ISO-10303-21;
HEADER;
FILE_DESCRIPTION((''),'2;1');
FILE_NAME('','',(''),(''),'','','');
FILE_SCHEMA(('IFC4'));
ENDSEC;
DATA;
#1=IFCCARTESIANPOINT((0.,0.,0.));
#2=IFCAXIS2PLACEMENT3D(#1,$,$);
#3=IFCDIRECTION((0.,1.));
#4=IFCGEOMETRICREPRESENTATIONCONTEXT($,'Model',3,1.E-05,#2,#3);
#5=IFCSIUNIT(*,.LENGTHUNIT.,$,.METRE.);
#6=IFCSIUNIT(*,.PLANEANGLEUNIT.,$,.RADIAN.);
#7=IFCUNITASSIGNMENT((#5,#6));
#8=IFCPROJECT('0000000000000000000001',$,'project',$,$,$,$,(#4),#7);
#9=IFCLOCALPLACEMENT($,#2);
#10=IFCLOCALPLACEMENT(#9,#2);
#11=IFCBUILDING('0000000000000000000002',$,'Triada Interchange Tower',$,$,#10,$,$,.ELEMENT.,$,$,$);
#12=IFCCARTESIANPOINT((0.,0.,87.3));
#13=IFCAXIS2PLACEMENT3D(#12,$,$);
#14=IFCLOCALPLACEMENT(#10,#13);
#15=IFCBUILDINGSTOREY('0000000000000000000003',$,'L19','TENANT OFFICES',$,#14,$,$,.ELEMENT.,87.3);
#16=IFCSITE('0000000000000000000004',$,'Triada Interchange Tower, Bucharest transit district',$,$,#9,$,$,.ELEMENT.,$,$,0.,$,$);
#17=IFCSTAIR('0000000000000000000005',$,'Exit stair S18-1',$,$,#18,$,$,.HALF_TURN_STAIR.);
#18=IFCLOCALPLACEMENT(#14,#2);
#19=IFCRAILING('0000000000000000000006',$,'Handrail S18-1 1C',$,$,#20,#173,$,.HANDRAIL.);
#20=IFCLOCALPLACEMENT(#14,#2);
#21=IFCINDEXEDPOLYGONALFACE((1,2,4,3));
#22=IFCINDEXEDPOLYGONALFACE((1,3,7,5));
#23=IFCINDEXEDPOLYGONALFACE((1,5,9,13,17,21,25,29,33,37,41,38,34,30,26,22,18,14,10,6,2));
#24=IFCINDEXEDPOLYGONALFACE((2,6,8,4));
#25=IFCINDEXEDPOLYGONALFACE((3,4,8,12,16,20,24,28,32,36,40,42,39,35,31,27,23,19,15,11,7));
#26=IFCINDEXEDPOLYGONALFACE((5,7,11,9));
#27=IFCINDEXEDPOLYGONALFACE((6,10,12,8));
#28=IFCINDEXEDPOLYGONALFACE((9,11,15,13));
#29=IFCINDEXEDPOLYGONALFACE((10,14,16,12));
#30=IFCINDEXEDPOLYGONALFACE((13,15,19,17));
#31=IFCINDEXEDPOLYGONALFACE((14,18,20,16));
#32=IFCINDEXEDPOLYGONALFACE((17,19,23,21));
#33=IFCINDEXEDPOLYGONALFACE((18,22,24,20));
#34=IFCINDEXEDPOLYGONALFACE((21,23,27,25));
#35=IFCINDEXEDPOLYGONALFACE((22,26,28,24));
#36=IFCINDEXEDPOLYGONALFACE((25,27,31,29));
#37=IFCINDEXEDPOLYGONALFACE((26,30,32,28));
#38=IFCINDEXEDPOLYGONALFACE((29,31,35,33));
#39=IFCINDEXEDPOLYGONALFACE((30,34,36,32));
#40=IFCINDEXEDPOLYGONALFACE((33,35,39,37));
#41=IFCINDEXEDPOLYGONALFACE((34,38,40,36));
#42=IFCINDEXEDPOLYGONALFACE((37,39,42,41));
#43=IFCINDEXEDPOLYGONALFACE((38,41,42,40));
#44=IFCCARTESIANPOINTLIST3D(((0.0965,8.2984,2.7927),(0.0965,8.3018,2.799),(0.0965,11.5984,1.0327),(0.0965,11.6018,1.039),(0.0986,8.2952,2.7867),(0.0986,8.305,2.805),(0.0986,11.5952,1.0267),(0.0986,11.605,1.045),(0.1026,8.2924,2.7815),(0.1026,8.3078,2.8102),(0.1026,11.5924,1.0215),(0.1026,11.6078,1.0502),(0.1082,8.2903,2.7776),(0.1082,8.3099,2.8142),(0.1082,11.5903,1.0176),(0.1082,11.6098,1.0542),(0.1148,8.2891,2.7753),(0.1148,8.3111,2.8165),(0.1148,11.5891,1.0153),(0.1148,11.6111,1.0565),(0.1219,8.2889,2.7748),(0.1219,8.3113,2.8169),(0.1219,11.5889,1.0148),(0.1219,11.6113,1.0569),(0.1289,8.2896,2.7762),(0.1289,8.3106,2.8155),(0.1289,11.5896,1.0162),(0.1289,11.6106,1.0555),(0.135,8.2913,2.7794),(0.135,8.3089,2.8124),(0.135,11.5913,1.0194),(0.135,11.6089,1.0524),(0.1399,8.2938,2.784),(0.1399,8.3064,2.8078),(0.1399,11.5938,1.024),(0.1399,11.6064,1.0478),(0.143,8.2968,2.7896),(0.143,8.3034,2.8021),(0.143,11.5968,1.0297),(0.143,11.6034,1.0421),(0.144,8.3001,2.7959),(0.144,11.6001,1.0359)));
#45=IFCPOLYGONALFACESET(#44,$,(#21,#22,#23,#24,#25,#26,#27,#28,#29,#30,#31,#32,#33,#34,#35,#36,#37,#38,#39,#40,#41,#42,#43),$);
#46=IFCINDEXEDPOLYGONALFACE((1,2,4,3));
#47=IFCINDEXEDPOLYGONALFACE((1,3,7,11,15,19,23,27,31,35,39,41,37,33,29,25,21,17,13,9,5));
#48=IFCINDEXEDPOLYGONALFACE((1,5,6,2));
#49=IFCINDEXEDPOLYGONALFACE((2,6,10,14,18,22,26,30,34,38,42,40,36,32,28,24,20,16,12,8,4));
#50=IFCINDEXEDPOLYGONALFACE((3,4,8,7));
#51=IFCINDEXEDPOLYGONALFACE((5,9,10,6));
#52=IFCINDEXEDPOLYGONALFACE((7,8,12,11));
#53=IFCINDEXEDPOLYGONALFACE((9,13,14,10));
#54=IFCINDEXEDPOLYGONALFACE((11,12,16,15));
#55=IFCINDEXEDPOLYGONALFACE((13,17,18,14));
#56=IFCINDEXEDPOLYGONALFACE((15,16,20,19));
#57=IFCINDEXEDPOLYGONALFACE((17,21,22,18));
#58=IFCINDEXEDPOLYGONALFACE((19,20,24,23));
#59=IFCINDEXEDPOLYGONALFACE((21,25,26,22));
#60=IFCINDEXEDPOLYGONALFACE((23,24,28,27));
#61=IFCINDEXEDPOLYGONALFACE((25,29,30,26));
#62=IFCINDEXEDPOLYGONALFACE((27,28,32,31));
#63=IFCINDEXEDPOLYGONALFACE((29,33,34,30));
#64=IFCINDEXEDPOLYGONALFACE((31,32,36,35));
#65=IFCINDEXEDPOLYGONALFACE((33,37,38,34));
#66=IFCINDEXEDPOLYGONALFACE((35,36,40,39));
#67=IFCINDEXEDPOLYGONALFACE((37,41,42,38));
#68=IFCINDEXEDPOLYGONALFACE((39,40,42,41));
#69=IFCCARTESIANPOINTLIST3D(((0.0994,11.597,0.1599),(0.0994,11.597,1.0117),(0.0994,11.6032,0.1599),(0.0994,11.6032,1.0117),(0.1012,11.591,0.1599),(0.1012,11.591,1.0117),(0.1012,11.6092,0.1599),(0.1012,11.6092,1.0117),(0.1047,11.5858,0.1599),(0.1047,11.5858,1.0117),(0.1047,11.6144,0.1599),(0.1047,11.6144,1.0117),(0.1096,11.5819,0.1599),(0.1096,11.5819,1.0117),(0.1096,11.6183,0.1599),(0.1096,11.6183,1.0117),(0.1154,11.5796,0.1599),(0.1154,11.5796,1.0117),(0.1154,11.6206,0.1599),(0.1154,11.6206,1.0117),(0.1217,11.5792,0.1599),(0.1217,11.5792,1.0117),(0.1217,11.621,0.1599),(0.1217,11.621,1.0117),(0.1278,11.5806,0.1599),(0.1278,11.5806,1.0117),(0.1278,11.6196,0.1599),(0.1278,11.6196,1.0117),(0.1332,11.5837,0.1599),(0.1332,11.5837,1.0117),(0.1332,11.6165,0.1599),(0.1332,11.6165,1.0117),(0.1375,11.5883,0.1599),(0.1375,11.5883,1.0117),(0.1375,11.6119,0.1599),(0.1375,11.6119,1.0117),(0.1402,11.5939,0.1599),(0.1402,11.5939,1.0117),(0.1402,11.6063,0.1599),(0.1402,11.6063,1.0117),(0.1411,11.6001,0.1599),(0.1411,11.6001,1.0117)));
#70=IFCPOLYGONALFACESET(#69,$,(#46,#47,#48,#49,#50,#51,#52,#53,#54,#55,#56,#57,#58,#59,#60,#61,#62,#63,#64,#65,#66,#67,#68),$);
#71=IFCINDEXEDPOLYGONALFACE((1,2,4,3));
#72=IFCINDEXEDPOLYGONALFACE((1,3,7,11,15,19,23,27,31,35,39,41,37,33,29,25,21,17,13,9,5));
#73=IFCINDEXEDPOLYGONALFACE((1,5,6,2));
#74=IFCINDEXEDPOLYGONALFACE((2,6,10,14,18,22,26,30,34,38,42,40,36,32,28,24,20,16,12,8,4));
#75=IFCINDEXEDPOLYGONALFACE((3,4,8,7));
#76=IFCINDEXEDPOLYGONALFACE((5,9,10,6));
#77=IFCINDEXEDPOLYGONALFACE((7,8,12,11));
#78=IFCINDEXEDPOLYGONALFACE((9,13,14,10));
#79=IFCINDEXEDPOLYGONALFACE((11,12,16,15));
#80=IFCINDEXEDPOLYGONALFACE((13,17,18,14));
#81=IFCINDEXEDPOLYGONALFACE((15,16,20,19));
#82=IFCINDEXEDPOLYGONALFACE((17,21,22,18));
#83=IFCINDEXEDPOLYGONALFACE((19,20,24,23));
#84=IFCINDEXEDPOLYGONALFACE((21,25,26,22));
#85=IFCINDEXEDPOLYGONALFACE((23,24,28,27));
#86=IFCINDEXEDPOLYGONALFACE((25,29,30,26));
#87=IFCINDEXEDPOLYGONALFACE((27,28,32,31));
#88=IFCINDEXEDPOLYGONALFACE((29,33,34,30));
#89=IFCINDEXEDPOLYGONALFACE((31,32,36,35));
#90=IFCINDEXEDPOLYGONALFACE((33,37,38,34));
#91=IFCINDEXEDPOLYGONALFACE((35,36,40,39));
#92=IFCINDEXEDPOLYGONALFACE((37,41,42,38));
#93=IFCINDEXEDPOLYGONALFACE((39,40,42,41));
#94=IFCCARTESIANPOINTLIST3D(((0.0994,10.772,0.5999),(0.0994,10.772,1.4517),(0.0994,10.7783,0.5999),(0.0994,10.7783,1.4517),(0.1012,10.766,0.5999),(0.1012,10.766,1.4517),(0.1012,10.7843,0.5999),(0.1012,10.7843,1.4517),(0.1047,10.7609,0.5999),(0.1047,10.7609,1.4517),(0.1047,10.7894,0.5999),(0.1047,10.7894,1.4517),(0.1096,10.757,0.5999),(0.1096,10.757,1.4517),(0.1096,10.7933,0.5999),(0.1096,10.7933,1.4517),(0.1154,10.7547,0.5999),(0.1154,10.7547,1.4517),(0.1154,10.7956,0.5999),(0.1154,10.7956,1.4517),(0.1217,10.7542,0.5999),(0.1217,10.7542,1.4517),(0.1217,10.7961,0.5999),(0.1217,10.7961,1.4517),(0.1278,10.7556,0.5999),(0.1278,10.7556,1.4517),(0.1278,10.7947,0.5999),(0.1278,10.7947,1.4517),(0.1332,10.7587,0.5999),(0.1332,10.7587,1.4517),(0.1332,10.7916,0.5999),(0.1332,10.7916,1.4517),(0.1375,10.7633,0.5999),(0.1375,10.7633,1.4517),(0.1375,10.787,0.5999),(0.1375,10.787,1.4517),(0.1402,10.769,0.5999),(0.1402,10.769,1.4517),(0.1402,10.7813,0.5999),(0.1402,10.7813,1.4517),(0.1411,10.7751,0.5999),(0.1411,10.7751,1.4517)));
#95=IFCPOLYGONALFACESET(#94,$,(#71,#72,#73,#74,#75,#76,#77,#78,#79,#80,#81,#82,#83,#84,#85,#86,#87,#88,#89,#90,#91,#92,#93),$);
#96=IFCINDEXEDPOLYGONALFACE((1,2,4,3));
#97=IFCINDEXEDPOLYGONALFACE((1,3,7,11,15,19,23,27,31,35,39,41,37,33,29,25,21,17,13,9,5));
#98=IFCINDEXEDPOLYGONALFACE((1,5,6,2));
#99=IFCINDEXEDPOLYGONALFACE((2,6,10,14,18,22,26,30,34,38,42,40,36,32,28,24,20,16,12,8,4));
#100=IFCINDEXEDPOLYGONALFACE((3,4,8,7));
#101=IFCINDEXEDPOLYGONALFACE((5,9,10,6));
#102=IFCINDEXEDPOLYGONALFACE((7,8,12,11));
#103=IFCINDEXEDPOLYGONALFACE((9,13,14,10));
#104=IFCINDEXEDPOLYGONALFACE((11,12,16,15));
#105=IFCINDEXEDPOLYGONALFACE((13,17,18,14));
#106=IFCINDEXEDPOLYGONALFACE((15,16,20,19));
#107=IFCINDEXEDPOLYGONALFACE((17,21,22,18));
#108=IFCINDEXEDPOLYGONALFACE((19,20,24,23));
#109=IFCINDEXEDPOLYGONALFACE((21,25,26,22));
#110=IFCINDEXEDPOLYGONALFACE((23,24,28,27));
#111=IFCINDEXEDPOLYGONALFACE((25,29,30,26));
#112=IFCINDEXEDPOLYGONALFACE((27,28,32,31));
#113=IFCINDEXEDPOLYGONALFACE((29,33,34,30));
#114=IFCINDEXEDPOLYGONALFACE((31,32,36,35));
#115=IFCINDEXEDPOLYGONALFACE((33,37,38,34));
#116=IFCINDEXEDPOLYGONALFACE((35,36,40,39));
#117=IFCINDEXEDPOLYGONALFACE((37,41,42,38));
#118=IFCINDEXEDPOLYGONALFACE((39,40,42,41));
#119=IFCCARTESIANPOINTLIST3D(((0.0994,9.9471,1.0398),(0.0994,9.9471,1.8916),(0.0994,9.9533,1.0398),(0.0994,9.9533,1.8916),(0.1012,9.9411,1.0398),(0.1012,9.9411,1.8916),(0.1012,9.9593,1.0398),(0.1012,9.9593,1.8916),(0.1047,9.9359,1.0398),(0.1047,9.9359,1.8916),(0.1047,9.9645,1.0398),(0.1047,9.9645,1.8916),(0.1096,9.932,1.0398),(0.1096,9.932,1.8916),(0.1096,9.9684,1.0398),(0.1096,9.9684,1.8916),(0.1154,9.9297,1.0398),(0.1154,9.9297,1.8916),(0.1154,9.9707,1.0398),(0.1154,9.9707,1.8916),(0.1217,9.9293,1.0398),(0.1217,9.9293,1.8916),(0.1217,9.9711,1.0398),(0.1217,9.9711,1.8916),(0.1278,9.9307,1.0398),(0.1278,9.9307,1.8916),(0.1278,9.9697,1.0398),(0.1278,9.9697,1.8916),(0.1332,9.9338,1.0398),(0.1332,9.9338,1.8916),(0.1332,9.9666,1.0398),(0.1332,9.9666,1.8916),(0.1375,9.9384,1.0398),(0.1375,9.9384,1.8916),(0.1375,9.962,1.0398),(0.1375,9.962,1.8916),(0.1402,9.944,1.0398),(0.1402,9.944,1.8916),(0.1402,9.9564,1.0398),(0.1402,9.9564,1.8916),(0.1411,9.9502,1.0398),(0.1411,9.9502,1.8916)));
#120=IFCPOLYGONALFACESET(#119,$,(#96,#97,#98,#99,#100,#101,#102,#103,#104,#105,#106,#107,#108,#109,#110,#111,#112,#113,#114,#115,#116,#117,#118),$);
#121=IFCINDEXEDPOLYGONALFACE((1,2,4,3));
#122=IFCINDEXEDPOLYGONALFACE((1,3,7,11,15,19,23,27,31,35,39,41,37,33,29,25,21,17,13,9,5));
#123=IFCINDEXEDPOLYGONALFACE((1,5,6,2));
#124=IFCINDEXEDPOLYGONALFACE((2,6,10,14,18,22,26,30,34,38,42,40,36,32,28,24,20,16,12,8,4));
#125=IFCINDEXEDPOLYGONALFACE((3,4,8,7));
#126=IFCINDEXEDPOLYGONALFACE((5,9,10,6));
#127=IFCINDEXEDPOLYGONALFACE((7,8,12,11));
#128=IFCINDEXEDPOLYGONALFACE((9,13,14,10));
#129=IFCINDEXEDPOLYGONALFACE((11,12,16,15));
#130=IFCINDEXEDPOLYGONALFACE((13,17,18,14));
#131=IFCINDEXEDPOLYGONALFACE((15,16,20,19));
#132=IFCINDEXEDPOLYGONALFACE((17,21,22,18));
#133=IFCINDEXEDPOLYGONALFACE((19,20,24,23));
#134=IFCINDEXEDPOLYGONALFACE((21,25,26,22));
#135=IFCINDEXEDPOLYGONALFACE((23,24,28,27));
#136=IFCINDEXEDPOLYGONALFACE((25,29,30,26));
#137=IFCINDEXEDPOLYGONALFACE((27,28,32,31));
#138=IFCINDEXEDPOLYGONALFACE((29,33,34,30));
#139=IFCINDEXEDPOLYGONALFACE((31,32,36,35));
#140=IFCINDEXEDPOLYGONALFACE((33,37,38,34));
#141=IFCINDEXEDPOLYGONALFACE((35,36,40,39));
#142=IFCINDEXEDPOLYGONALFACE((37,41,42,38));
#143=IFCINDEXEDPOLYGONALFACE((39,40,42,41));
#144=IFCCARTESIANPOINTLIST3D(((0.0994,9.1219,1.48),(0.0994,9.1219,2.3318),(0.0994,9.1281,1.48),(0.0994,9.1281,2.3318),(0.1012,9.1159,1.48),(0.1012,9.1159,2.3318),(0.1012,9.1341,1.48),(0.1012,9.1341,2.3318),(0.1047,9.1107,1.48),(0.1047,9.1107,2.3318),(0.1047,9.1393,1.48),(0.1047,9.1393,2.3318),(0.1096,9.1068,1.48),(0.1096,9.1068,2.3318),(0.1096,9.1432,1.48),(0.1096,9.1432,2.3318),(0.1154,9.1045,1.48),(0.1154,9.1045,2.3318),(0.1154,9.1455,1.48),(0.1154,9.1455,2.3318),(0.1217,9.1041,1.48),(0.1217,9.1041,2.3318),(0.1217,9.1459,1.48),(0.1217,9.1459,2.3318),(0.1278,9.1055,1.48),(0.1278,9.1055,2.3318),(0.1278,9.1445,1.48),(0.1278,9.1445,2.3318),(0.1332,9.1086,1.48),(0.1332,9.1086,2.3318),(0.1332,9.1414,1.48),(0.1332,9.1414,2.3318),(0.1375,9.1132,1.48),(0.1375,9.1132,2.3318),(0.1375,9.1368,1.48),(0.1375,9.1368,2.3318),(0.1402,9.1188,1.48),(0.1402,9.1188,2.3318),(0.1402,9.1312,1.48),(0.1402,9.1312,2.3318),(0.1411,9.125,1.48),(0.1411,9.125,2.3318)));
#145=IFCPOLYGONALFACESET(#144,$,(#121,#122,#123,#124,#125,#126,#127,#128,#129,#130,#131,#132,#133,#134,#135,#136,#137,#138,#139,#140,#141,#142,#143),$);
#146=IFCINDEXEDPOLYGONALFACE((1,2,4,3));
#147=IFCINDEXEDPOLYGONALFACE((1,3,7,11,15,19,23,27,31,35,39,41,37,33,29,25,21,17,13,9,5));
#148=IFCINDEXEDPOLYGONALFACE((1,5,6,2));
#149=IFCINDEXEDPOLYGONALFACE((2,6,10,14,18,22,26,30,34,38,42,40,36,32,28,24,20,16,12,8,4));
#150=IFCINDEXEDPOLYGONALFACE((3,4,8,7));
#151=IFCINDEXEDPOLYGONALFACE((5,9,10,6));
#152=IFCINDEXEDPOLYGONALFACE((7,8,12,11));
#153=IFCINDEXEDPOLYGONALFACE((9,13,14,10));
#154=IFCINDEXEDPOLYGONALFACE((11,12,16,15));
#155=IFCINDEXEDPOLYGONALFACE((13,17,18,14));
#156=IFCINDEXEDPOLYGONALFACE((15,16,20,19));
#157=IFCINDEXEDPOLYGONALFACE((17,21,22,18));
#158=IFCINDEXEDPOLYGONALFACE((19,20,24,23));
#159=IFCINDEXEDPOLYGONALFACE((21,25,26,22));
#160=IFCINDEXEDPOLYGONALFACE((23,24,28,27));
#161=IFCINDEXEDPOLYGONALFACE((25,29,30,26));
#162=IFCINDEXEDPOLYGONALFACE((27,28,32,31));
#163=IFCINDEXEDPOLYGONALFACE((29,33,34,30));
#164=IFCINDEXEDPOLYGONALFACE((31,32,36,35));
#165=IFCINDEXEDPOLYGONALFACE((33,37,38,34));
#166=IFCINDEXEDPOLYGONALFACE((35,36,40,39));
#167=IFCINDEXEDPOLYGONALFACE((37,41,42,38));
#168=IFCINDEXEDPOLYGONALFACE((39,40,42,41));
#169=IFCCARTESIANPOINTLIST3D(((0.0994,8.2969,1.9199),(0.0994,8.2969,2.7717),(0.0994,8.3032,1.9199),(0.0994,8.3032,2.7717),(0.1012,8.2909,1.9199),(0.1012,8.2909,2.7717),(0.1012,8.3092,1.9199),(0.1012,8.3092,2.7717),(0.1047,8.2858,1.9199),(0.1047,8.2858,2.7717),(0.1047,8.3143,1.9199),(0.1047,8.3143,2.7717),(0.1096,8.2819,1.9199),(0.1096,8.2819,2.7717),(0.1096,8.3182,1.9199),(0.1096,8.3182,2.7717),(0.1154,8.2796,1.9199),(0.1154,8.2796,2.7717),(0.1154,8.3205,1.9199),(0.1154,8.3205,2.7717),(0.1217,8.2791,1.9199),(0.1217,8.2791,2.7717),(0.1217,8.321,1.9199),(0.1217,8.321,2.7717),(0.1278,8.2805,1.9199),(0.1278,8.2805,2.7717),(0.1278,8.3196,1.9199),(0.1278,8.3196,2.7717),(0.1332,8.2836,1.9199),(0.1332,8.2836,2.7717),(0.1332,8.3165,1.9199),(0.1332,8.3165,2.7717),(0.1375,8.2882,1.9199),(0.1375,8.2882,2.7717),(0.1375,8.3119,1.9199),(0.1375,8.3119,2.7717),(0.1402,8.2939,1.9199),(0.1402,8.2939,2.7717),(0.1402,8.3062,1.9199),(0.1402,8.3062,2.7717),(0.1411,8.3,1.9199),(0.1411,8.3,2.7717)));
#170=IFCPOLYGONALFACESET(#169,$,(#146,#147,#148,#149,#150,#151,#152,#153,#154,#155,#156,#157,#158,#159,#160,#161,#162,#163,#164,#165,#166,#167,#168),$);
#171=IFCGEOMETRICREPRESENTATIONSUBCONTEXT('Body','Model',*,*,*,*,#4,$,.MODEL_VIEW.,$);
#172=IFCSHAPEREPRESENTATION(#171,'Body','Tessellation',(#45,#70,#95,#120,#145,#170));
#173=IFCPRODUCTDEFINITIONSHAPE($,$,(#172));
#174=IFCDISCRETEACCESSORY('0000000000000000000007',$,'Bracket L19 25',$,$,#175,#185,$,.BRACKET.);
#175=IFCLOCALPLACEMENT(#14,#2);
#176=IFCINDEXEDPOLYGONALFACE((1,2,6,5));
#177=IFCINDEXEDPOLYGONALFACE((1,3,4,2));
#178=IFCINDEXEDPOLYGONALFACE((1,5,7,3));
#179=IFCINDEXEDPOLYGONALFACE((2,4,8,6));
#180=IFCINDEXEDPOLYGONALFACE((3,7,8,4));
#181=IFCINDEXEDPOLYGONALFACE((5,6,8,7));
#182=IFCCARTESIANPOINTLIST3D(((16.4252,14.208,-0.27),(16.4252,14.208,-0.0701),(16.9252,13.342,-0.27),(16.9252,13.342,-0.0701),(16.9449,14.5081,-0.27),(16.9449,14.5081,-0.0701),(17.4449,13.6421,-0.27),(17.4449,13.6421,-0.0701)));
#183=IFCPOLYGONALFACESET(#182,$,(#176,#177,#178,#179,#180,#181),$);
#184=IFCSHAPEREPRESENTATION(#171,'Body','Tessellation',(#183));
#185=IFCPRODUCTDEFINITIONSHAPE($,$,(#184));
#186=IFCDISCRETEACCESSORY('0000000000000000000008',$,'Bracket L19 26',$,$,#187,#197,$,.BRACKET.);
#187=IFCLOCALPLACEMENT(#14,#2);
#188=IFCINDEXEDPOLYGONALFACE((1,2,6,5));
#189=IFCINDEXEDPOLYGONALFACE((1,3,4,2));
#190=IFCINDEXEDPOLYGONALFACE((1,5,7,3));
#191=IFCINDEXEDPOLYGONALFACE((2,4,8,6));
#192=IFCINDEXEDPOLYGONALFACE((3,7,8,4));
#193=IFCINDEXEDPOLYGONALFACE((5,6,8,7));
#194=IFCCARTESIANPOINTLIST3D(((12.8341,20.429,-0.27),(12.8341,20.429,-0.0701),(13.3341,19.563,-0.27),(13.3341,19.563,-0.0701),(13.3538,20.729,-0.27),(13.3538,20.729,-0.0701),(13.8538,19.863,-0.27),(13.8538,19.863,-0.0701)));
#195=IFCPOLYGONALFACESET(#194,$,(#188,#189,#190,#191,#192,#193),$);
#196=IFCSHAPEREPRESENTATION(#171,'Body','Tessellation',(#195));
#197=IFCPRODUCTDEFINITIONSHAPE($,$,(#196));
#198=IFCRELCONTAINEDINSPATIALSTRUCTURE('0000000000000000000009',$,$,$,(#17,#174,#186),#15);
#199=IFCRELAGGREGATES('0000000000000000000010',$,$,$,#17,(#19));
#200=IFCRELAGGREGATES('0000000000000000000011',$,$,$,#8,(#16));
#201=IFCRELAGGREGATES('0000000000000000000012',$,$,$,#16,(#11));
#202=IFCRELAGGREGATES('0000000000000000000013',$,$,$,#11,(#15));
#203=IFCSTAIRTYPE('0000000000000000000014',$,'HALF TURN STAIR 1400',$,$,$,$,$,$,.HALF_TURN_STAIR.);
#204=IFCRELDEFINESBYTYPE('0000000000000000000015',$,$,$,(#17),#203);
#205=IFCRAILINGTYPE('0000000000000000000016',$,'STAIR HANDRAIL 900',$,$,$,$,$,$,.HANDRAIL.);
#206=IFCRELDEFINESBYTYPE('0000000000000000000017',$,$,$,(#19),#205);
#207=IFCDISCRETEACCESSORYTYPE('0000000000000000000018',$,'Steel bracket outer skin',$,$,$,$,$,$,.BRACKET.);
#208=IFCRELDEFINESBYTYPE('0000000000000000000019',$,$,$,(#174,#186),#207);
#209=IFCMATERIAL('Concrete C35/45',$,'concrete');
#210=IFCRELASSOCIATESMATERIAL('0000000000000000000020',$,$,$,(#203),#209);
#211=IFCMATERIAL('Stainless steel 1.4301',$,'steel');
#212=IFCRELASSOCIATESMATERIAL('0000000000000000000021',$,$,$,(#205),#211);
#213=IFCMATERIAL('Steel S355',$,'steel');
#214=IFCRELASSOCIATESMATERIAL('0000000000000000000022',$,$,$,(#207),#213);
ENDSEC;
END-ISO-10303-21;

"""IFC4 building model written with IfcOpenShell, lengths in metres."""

from ifc_helpers import new_model, si_unit, direction, frame, origin, origin_2d, place, context, subcontext, project, spatial, rectangle, circle, extrude, material, type_object, element, aggregate, save


model = new_model("IFC4")

# Units and contexts
model_context = context("Model", 3, precision=1e-05, world=origin(), true_north=direction((0.0, 1.0)))
body_context = subcontext(model_context, "Body", "Model", "MODEL_VIEW")
ifc_project = project(units=[si_unit("LENGTHUNIT", "METRE"), si_unit("PLANEANGLEUNIT", "RADIAN")], contexts=[model_context])

# Site, building, storey
site_placement = place(None, origin())
site = spatial("IfcSite", under=ifc_project, at=site_placement, Name="Triada Interchange Tower, Bucharest transit district", CompositionType="ELEMENT", RefElevation=0.0)
building_placement = place(site_placement, origin())
building = spatial("IfcBuilding", under=site, at=building_placement, Name="Triada Interchange Tower", CompositionType="ELEMENT")
storey_placement = place(building_placement, frame((0.0, 0.0, 87.3)))
storey = spatial("IfcBuildingStorey", under=building, at=storey_placement, Name="L19", Description="TENANT OFFICES", CompositionType="ELEMENT", Elevation=87.3)

# Stair
ifc_material_1 = material(Name="Concrete C35/45", Category="concrete")
stair_type = type_object("IfcStairType", Name="HALF TURN STAIR 1400", PredefinedType="HALF_TURN_STAIR", material=ifc_material_1)
stair_placement = place(storey_placement, origin())
stair = element("IfcStair", 1, at=stair_placement, inside=storey, type_object=stair_type, Name="Exit stair S18-1", PredefinedType="HALF_TURN_STAIR")

# Railing
ifc_material_2 = material(Name="Stainless steel 1.4301", Category="steel")
railing_type = type_object("IfcRailingType", Name="STAIR HANDRAIL 900", PredefinedType="HANDRAIL", material=ifc_material_2)
railing_1_placement = place(storey_placement, frame((0.1201, 11.6001, 0.1599)))
railing_1 = element("IfcRailing", 2, at=railing_1_placement, type_object=railing_type, Name="Handrail S18-1 1C", PredefinedType="HANDRAIL", context=body_context, shape_type="SweptSolid", body=[
    extrude(circle(Radius=0.0239, at=origin_2d()), frame((0.0, 0.0, 0.876), z_axis=(0.0, -0.882355, 0.470585), x_axis=(1.0, 0.0, 0.0)), (0.0, 0.0, 1.0), 3.74),
    extrude(circle(Radius=0.021, at=origin_2d()), origin(), (0.0, 0.0, 1.0), 0.8518),
    extrude(circle(Radius=0.021, at=origin_2d()), frame((0.0, -0.825, 0.4399)), (0.0, 0.0, 1.0), 0.8518),
    extrude(circle(Radius=0.021, at=origin_2d()), frame((0.0, -1.6499, 0.8799)), (0.0, 0.0, 1.0), 0.8518),
    extrude(circle(Radius=0.021, at=origin_2d()), frame((0.0, -2.4751, 1.3201)), (0.0, 0.0, 1.0), 0.8518),
    extrude(circle(Radius=0.021, at=origin_2d()), frame((0.0, -3.3, 1.76)), (0.0, 0.0, 1.0), 0.8518),
])
aggregate(stair, [railing_1])

# Discrete accessories
ifc_material_3 = material(Name="Steel S355", Category="steel")
discrete_accessory_type = type_object("IfcDiscreteAccessoryType", Name="Steel bracket outer skin", PredefinedType="BRACKET", material=ifc_material_3)
for number, where, z_axis, x_axis, name in (
    (3, (16.9351, 13.925, -0.27), (0.0, 0.0, 1.0), (0.866025, 0.5, 0.0), "Bracket L19 25"),
    (4, (13.344, 20.146, -0.27), (0.0, 0.0, 1.0), (0.866025, 0.5, 0.0), "Bracket L19 26"),
):
    element("IfcDiscreteAccessory", number, at=place(storey_placement, frame(where, z_axis=z_axis, x_axis=x_axis)), inside=storey, type_object=discrete_accessory_type, Name=name, PredefinedType="BRACKET", context=body_context, shape_type="SweptSolid", body=[
        extrude(rectangle(XDim=0.6001, YDim=1.0, at=origin_2d()), origin(), (0.0, 0.0, 1.0), 0.2),
    ])

save(model, "model.ifc")
